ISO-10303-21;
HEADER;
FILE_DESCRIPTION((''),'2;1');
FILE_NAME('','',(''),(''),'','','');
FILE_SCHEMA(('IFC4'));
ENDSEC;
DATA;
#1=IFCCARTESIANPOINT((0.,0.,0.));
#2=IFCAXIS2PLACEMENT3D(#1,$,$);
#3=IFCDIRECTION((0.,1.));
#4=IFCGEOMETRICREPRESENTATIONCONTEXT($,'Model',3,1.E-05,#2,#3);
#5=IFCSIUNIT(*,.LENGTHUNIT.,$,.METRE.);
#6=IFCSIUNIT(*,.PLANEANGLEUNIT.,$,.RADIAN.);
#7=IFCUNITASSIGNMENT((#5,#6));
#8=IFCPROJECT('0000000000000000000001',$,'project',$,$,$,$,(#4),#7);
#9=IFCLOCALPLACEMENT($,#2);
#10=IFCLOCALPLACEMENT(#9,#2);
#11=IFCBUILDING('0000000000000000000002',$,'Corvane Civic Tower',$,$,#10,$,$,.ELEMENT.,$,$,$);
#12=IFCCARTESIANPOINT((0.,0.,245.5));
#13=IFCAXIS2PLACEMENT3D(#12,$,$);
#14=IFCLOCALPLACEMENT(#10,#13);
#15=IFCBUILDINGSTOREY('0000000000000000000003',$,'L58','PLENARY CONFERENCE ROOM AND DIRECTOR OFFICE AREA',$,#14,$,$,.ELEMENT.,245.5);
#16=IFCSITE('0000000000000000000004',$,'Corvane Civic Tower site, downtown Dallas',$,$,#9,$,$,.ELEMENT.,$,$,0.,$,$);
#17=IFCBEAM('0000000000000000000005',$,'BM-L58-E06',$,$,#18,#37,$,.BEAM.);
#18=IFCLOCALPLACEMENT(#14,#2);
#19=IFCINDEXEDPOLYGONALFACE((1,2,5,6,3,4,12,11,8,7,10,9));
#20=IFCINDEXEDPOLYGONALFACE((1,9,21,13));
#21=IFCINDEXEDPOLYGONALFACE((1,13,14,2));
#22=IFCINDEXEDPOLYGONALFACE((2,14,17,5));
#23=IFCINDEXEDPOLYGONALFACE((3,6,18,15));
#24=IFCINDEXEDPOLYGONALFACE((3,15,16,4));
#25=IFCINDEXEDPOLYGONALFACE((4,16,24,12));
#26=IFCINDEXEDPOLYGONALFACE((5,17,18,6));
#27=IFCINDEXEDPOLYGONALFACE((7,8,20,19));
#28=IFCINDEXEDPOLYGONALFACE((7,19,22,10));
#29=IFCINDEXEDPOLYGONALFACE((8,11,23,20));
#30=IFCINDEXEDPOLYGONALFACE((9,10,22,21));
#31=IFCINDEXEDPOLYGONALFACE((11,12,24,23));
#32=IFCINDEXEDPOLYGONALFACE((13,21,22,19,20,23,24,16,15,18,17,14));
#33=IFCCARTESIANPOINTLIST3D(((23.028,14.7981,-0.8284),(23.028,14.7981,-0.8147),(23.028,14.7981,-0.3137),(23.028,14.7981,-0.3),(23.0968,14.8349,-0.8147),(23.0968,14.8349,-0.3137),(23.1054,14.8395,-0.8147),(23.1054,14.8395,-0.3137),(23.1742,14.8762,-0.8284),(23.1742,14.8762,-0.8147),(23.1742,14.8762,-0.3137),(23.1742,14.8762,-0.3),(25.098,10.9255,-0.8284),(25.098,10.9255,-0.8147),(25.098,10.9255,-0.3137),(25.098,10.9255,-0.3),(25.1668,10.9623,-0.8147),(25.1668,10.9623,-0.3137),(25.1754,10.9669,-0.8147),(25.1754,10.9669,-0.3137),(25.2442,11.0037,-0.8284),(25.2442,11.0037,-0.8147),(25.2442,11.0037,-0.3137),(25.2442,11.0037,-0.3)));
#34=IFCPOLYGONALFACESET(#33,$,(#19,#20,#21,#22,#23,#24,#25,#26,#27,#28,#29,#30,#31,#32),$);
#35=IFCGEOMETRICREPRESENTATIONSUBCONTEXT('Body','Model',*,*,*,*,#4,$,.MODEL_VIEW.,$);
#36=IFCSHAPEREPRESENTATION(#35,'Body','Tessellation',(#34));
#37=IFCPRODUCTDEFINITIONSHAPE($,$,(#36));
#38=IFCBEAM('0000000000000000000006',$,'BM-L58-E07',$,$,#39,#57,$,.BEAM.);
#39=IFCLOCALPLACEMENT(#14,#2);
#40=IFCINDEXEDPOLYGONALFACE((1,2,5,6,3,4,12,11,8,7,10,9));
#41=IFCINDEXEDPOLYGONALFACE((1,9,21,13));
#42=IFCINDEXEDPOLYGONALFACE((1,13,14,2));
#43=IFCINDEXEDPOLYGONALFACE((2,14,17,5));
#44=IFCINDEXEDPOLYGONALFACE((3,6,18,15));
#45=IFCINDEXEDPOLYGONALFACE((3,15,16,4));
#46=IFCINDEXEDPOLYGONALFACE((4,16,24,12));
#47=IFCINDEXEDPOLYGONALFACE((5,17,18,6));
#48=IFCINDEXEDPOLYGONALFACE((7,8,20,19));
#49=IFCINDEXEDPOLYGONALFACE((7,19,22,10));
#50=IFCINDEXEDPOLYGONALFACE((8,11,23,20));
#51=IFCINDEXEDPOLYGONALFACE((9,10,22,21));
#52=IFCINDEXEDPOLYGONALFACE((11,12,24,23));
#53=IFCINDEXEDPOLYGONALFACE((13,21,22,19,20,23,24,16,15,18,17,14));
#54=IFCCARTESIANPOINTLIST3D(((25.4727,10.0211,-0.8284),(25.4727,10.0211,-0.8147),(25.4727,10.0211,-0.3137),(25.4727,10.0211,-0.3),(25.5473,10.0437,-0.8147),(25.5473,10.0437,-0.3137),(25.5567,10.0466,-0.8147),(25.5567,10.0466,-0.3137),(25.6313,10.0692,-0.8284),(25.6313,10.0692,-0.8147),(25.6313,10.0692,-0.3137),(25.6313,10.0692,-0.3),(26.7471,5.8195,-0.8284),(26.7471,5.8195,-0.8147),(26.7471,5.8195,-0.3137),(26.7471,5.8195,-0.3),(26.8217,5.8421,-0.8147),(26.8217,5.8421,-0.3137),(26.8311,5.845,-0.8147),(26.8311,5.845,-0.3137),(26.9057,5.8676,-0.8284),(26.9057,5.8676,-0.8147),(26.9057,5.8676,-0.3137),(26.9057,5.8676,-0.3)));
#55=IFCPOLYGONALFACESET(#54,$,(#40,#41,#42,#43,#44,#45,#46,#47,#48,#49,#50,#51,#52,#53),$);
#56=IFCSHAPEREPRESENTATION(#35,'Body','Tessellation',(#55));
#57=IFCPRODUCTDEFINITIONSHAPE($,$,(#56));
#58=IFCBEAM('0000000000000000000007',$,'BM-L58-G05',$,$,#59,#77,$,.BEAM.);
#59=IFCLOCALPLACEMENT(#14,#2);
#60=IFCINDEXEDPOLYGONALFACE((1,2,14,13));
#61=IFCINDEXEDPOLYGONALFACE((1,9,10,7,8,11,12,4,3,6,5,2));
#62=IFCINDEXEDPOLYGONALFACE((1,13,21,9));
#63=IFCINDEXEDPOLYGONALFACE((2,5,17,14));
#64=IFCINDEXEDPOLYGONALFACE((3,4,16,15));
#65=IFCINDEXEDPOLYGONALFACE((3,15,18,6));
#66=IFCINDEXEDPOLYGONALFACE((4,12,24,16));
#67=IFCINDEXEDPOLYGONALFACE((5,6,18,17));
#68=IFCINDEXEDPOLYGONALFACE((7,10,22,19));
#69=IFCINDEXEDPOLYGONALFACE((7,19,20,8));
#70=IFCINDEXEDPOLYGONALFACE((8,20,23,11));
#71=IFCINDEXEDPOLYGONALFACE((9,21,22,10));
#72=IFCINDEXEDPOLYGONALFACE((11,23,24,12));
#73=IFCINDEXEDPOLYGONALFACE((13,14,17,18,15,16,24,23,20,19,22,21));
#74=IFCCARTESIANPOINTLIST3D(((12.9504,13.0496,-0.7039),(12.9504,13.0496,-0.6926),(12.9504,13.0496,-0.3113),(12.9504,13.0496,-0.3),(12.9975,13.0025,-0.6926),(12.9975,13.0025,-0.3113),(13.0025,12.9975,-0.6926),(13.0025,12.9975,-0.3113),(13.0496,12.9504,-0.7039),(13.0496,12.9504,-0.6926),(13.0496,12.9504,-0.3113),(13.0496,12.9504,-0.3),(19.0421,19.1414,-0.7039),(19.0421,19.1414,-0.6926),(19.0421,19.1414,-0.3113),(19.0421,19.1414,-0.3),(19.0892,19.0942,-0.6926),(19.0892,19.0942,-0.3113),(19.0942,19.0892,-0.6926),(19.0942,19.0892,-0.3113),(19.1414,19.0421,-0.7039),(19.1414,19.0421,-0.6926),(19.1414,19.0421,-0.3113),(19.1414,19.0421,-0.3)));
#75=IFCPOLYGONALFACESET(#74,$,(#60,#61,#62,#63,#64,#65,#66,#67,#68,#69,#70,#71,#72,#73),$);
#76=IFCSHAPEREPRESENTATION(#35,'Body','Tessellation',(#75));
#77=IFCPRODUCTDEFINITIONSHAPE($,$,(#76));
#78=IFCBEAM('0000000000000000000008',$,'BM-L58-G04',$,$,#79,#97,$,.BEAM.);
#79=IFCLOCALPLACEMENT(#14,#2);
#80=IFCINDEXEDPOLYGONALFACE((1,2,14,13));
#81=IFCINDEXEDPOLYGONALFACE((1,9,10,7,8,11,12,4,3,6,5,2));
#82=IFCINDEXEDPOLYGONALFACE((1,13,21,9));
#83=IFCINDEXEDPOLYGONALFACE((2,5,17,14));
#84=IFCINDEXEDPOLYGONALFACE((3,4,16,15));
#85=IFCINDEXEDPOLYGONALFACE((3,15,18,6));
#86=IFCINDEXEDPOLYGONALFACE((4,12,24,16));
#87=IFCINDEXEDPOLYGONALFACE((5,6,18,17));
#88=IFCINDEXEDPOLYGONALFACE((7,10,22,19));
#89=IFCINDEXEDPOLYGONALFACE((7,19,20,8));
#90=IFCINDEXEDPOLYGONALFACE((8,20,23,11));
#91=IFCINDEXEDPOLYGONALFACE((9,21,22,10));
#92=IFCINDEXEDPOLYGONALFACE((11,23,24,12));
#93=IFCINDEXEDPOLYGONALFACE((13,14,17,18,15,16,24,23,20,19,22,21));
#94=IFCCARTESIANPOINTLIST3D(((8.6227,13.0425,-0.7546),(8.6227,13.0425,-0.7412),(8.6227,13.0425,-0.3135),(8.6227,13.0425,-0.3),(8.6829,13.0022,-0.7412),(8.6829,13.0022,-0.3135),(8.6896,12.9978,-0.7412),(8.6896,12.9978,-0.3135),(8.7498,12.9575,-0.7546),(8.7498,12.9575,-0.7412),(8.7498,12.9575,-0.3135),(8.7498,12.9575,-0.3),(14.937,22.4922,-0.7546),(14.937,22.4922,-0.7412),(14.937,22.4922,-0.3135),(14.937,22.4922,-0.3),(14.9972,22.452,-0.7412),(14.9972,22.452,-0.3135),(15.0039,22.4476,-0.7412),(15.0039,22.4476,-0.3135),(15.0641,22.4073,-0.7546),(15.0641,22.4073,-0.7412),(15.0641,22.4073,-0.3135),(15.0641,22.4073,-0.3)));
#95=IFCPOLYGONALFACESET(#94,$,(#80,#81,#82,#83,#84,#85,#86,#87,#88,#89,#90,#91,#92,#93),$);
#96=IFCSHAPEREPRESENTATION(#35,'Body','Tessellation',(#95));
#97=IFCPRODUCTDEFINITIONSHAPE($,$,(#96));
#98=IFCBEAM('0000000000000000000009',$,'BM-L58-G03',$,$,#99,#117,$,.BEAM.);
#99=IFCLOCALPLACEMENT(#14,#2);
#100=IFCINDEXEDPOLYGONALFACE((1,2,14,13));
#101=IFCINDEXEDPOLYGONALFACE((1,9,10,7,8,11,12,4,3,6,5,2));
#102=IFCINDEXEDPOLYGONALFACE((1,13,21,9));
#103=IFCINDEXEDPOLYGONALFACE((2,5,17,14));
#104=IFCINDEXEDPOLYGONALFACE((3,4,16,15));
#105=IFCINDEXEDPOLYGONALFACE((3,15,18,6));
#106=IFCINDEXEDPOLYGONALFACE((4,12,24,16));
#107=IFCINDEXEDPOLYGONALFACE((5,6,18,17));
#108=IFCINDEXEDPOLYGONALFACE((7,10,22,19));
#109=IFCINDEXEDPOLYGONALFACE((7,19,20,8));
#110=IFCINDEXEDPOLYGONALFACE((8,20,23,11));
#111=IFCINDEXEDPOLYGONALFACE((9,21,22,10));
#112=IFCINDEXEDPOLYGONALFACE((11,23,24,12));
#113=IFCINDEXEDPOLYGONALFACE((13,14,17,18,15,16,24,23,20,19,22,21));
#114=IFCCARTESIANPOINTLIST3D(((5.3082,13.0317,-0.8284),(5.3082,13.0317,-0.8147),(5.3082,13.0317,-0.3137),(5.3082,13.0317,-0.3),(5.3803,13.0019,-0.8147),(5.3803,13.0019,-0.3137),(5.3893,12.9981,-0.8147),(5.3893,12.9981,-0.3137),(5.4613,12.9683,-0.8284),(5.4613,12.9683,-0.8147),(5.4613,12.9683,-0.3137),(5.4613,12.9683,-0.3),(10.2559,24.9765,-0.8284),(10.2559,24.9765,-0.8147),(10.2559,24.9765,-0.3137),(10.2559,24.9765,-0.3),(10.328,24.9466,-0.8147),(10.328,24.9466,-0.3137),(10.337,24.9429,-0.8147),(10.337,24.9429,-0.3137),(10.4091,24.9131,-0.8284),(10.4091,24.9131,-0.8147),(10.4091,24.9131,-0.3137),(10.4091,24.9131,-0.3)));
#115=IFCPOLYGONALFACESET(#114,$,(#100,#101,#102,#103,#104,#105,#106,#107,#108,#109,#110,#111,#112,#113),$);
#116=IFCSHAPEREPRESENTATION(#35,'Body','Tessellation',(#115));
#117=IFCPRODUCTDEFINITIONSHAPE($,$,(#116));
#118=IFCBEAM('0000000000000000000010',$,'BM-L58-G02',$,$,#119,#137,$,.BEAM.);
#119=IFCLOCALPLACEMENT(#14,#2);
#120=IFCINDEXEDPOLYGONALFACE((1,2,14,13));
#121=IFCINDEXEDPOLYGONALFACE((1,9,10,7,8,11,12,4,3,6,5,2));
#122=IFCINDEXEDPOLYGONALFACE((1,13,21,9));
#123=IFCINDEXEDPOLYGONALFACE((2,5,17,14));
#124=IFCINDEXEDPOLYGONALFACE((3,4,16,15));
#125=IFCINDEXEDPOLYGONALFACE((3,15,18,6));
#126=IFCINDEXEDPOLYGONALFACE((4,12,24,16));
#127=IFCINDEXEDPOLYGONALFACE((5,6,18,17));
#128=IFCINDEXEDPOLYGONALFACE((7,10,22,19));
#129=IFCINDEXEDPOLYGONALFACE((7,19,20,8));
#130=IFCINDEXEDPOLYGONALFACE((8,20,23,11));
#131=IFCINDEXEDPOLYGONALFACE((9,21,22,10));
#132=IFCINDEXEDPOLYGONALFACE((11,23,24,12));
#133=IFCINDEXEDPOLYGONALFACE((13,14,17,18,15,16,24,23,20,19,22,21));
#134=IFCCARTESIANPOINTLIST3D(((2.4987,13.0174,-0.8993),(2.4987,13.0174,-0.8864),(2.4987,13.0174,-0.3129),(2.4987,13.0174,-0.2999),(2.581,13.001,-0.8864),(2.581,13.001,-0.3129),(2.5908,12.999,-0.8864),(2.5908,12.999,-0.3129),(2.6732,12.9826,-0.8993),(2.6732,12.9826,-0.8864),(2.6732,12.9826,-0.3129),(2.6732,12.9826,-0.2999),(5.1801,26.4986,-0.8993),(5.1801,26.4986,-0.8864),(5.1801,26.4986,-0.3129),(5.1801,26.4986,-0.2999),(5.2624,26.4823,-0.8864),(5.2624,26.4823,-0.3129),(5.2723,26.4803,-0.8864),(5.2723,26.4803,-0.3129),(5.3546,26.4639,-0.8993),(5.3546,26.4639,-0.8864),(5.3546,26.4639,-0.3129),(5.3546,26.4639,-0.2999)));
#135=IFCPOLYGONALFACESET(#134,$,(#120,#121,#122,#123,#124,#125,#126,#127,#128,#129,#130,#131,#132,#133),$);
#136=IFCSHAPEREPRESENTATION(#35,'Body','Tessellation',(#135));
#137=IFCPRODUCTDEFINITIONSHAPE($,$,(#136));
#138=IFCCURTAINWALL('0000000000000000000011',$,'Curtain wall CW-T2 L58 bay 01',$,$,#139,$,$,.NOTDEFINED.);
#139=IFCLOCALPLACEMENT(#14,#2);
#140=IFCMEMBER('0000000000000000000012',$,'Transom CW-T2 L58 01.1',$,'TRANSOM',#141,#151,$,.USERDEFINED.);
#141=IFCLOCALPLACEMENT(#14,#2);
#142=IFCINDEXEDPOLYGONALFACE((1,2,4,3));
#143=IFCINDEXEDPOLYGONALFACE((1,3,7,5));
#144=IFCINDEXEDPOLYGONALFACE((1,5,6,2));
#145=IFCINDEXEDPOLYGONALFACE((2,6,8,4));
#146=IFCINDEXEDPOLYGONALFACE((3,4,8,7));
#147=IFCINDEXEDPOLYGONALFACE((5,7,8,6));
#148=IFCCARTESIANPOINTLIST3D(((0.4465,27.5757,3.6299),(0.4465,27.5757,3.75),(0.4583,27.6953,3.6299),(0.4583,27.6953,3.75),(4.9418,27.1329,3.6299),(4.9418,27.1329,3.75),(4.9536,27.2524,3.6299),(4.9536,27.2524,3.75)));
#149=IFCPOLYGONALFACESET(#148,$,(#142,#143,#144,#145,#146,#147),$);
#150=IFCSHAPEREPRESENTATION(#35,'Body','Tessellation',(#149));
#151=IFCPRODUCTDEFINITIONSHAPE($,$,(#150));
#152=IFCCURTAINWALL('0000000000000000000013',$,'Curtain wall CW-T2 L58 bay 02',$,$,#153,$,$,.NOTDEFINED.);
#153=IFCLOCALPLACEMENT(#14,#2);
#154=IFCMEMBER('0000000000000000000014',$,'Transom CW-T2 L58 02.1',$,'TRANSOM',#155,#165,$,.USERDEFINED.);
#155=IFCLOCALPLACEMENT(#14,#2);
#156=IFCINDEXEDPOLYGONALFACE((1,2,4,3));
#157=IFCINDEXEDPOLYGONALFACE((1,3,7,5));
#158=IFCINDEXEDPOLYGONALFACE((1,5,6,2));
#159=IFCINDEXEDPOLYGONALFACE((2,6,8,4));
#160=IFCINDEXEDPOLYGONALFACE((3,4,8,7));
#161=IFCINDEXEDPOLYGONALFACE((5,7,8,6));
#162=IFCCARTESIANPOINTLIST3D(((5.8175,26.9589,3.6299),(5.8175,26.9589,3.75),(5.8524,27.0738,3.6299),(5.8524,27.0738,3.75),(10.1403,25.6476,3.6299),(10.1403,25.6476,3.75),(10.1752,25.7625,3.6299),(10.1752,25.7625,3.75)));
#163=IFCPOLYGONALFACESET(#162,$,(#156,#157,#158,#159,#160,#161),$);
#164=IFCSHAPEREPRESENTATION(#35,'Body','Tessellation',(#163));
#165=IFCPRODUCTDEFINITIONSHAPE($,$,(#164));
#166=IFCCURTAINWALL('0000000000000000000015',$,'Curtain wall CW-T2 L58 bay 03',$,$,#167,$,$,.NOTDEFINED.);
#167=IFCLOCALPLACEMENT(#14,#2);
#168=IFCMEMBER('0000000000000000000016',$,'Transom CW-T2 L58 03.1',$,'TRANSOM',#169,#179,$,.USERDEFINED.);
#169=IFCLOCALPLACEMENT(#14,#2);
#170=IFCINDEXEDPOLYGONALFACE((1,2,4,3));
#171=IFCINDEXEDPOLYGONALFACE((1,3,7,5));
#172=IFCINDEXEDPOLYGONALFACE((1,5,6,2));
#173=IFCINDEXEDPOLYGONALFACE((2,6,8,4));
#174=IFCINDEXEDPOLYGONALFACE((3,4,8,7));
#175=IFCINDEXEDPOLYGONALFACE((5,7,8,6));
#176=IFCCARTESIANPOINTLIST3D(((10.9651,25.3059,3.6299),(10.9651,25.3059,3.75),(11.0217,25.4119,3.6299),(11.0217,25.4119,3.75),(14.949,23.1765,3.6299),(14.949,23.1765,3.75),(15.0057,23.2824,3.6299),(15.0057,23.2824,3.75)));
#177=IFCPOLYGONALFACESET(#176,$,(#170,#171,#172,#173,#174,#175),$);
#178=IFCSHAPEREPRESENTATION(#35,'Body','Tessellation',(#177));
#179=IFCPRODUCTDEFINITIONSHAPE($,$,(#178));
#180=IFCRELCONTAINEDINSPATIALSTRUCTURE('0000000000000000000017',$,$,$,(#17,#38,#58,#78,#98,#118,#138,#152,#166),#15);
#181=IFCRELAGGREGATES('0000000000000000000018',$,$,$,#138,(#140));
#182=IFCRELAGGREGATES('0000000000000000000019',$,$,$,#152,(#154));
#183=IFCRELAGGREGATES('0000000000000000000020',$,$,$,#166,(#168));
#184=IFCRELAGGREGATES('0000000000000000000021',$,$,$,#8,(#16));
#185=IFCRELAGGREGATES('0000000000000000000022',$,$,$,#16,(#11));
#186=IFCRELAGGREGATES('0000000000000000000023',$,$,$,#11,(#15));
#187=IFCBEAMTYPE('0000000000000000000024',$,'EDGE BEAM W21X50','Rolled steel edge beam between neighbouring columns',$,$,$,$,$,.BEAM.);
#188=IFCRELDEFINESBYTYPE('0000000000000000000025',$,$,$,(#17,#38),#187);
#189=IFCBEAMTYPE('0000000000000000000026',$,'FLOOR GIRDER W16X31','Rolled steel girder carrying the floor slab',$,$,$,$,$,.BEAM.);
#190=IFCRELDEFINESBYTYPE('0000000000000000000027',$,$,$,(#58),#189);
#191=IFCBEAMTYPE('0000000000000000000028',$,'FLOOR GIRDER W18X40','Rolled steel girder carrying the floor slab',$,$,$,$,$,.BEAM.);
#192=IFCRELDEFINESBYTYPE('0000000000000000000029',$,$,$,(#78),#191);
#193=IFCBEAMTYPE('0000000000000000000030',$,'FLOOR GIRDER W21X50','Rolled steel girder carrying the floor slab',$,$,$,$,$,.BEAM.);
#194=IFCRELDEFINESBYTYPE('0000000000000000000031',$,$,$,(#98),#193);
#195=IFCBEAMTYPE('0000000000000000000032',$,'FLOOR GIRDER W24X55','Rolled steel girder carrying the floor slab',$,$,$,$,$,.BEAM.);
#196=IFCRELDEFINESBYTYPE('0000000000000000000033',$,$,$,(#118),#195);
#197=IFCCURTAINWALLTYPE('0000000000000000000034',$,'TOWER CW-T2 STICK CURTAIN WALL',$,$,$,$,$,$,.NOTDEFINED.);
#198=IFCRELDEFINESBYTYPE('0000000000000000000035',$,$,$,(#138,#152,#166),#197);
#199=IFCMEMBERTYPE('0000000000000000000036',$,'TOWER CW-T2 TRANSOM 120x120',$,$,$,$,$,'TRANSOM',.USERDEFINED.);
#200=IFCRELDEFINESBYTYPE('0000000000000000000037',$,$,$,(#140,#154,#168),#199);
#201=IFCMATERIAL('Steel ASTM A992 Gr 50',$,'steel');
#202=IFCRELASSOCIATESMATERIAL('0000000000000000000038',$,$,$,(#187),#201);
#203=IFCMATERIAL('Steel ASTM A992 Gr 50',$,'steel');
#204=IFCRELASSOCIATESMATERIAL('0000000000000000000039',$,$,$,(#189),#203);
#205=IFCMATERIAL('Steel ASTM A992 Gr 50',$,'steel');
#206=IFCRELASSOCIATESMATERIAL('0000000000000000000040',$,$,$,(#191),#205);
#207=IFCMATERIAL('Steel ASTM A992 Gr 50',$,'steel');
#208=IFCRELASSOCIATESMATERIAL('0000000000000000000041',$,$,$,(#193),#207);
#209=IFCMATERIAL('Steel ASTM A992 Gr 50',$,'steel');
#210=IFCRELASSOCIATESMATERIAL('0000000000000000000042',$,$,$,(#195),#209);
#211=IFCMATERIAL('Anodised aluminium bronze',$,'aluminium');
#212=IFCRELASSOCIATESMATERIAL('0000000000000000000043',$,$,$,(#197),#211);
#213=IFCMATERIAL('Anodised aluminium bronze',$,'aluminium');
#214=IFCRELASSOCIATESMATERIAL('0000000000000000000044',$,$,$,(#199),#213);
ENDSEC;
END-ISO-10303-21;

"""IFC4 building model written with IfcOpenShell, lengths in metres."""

from ifc_helpers import new_model, si_unit, direction, frame, origin, origin_2d, place, context, subcontext, project, spatial, rectangle, i_section, extrude, material, material_profile, profile_set, type_object, element, aggregate, save


model = new_model("IFC4")

# Units and contexts
model_context = context("Model", 3, precision=1e-05, world=origin(), true_north=direction((0.0, 1.0)))
body_context = subcontext(model_context, "Body", "Model", "MODEL_VIEW")
ifc_project = project(units=[si_unit("LENGTHUNIT", "METRE"), si_unit("PLANEANGLEUNIT", "RADIAN")], contexts=[model_context])

# Site, building, storey
site_placement = place(None, origin())
site = spatial("IfcSite", under=ifc_project, at=site_placement, Name="Corvane Civic Tower site, downtown Dallas", CompositionType="ELEMENT", RefElevation=0.0)
building_placement = place(site_placement, origin())
building = spatial("IfcBuilding", under=site, at=building_placement, Name="Corvane Civic Tower", CompositionType="ELEMENT")
storey_placement = place(building_placement, frame((0.0, 0.0, 245.5)))
storey = spatial("IfcBuildingStorey", under=building, at=storey_placement, Name="L58", Description="PLENARY CONFERENCE ROOM AND DIRECTOR OFFICE AREA", CompositionType="ELEMENT", Elevation=245.5)

# Beams
ifc_material_1 = material(Name="Steel ASTM A992 Gr 50", Category="steel")
ifc_material_profile_1 = material_profile(ifc_material_1, i_section(OverallWidth=0.1658, OverallDepth=0.5283, WebThickness=0.0098, FlangeThickness=0.0137, at=origin_2d()), Name="W21X50")
ifc_profile_set_1 = profile_set([ifc_material_profile_1], Name="Steel ASTM A992 Gr 50")
beam_type_1 = type_object("IfcBeamType", Name="EDGE BEAM W21X50", Description="Rolled steel edge beam between neighbouring columns", PredefinedType="BEAM", material=ifc_profile_set_1)
for number, where, z_axis, x_axis, name in (
    (1, (23.1011, 14.8372, -0.5642), (0.471422, -0.881908, 0.0), (0.881908, 0.471422, 0.0), "BM-L58-E06"),
):
    element("IfcBeam", number, at=place(storey_placement, frame(where, z_axis=z_axis, x_axis=x_axis)), inside=storey, type_object=beam_type_1, Name=name, PredefinedType="BEAM", context=body_context, shape_type="SweptSolid", body=[
        extrude(i_section(OverallWidth=0.1658, OverallDepth=0.5283, WebThickness=0.0098, FlangeThickness=0.0137, at=origin_2d()), origin(), (0.0, 0.0, 1.0), 4.3911),
    ])
beam_1_placement = place(storey_placement, frame((25.552, 10.0452, -0.5642), z_axis=(0.290254, -0.95695, 0.0), x_axis=(0.95695, 0.290254, 0.0)))
element("IfcBeam", 2, at=beam_1_placement, inside=storey, type_object=beam_type_1, Name="BM-L58-E07", PredefinedType="BEAM", context=body_context, shape_type="SweptSolid", body=[
    extrude(i_section(OverallWidth=0.1658, OverallDepth=0.5283, WebThickness=0.0098, FlangeThickness=0.0137, at=origin_2d()), origin(), (0.0, 0.0, 1.0), 4.3906),
])
ifc_material_2 = material(Name="Steel ASTM A992 Gr 50", Category="steel")
ifc_material_profile_2 = material_profile(ifc_material_2, i_section(OverallWidth=0.1404, OverallDepth=0.4038, WebThickness=0.0071, FlangeThickness=0.0112, at=origin_2d()), Name="W16X31")
ifc_profile_set_2 = profile_set([ifc_material_profile_2], Name="Steel ASTM A992 Gr 50")
beam_type_2 = type_object("IfcBeamType", Name="FLOOR GIRDER W16X31", Description="Rolled steel girder carrying the floor slab", PredefinedType="BEAM", material=ifc_profile_set_2)
beam_2_placement = place(storey_placement, frame((13.0, 13.0, -0.502), z_axis=(0.707107, 0.707107, 0.0), x_axis=(-0.707107, 0.707107, 0.0)))
element("IfcBeam", 3, at=beam_2_placement, inside=storey, type_object=beam_type_2, Name="BM-L58-G05", PredefinedType="BEAM", context=body_context, shape_type="SweptSolid", body=[
    extrude(i_section(OverallWidth=0.1404, OverallDepth=0.4038, WebThickness=0.0071, FlangeThickness=0.0112, at=origin_2d()), origin(), (0.0, 0.0, 1.0), 8.615),
])
ifc_material_3 = material(Name="Steel ASTM A992 Gr 50", Category="steel")
ifc_material_profile_3 = material_profile(ifc_material_3, i_section(OverallWidth=0.1528, OverallDepth=0.4546, WebThickness=0.0081, FlangeThickness=0.0134, at=origin_2d()), Name="W18X40")
ifc_profile_set_3 = profile_set([ifc_material_profile_3], Name="Steel ASTM A992 Gr 50")
beam_type_3 = type_object("IfcBeamType", Name="FLOOR GIRDER W18X40", Description="Rolled steel girder carrying the floor slab", PredefinedType="BEAM", material=ifc_profile_set_3)
beam_3_placement = place(storey_placement, frame((8.6863, 13.0, -0.5273), z_axis=(0.555577, 0.831465, 0.0), x_axis=(-0.831465, 0.555577, 0.0)))
element("IfcBeam", 4, at=beam_3_placement, inside=storey, type_object=beam_type_3, Name="BM-L58-G04", PredefinedType="BEAM", context=body_context, shape_type="SweptSolid", body=[
    extrude(i_section(OverallWidth=0.1528, OverallDepth=0.4546, WebThickness=0.0081, FlangeThickness=0.0134, at=origin_2d()), origin(), (0.0, 0.0, 1.0), 11.3652),
])
ifc_material_4 = material(Name="Steel ASTM A992 Gr 50", Category="steel")
ifc_material_profile_4 = material_profile(ifc_material_4, i_section(OverallWidth=0.1658, OverallDepth=0.5283, WebThickness=0.0098, FlangeThickness=0.0137, at=origin_2d()), Name="W21X50")
ifc_profile_set_4 = profile_set([ifc_material_profile_4], Name="Steel ASTM A992 Gr 50")
beam_type_4 = type_object("IfcBeamType", Name="FLOOR GIRDER W21X50", Description="Rolled steel girder carrying the floor slab", PredefinedType="BEAM", material=ifc_profile_set_4)
beam_4_placement = place(storey_placement, frame((5.3848, 13.0, -0.5642), z_axis=(0.382686, 0.923878, 0.0), x_axis=(-0.923878, 0.382686, 0.0)))
element("IfcBeam", 5, at=beam_4_placement, inside=storey, type_object=beam_type_4, Name="BM-L58-G03", PredefinedType="BEAM", context=body_context, shape_type="SweptSolid", body=[
    extrude(i_section(OverallWidth=0.1658, OverallDepth=0.5283, WebThickness=0.0098, FlangeThickness=0.0137, at=origin_2d()), origin(), (0.0, 0.0, 1.0), 12.929),
])
ifc_material_5 = material(Name="Steel ASTM A992 Gr 50", Category="steel")
ifc_material_profile_5 = material_profile(ifc_material_5, i_section(OverallWidth=0.178, OverallDepth=0.5994, WebThickness=0.01, FlangeThickness=0.0129, at=origin_2d()), Name="W24X55")
ifc_profile_set_5 = profile_set([ifc_material_profile_5], Name="Steel ASTM A992 Gr 50")
beam_type_5 = type_object("IfcBeamType", Name="FLOOR GIRDER W24X55", Description="Rolled steel girder carrying the floor slab", PredefinedType="BEAM", material=ifc_profile_set_5)
beam_5_placement = place(storey_placement, frame((2.5859, 13.0, -0.5996), z_axis=(0.195078, 0.980788, 0.0), x_axis=(-0.980788, 0.195078, 0.0)))
element("IfcBeam", 6, at=beam_5_placement, inside=storey, type_object=beam_type_5, Name="BM-L58-G02", PredefinedType="BEAM", context=body_context, shape_type="SweptSolid", body=[
    extrude(i_section(OverallWidth=0.178, OverallDepth=0.5994, WebThickness=0.01, FlangeThickness=0.0129, at=origin_2d()), origin(), (0.0, 0.0, 1.0), 13.7454),
])

# Curtain walls, members
ifc_material_6 = material(Name="Anodised aluminium bronze", Category="aluminium")
curtain_wall_type = type_object("IfcCurtainWallType", Name="TOWER CW-T2 STICK CURTAIN WALL", PredefinedType="NOTDEFINED", material=ifc_material_6)
curtain_wall_1_placement = place(storey_placement, origin())
curtain_wall_1 = element("IfcCurtainWall", 7, at=curtain_wall_1_placement, inside=storey, type_object=curtain_wall_type, Name="Curtain wall CW-T2 L58 bay 01", PredefinedType="NOTDEFINED")
ifc_material_7 = material(Name="Anodised aluminium bronze", Category="aluminium")
ifc_material_profile_6 = material_profile(ifc_material_7, rectangle(XDim=0.1201, YDim=0.1201, at=origin_2d()), Name="TOWER CW-T2 TRANSOM 120x120")
ifc_profile_set_6 = profile_set([ifc_material_profile_6], Name="Anodised aluminium bronze")
member_type = type_object("IfcMemberType", Name="TOWER CW-T2 TRANSOM 120x120", ElementType="TRANSOM", PredefinedType="USERDEFINED", material=ifc_profile_set_6)
member_1_placement = place(storey_placement, frame((0.4524, 27.6355, 3.6899), z_axis=(0.995182, -0.098043, 0.0), x_axis=(0.098043, 0.995182, 0.0)))
member_1 = element("IfcMember", 8, at=member_1_placement, type_object=member_type, Name="Transom CW-T2 L58 01.1", ObjectType="TRANSOM", PredefinedType="USERDEFINED", context=body_context, shape_type="SweptSolid", body=[
    extrude(rectangle(XDim=0.1201, YDim=0.1201, at=origin_2d()), origin(), (0.0, 0.0, 1.0), 4.5171),
])
curtain_wall_2_placement = place(storey_placement, origin())
curtain_wall_2 = element("IfcCurtainWall", 9, at=curtain_wall_2_placement, inside=storey, type_object=curtain_wall_type, Name="Curtain wall CW-T2 L58 bay 02", PredefinedType="NOTDEFINED")
member_2_placement = place(storey_placement, frame((5.835, 27.0164, 3.6899), z_axis=(0.956941, -0.290282, 0.0), x_axis=(0.290282, 0.956941, 0.0)))
member_2 = element("IfcMember", 10, at=member_2_placement, type_object=member_type, Name="Transom CW-T2 L58 02.1", ObjectType="TRANSOM", PredefinedType="USERDEFINED", context=body_context, shape_type="SweptSolid", body=[
    extrude(rectangle(XDim=0.1201, YDim=0.1201, at=origin_2d()), origin(), (0.0, 0.0, 1.0), 4.5173),
])
curtain_wall_3_placement = place(storey_placement, origin())
curtain_wall_3 = element("IfcCurtainWall", 11, at=curtain_wall_3_placement, inside=storey, type_object=curtain_wall_type, Name="Curtain wall CW-T2 L58 bay 03", PredefinedType="NOTDEFINED")
member_3_placement = place(storey_placement, frame((10.9934, 25.3589, 3.6899), z_axis=(0.881925, -0.47139, 0.0), x_axis=(0.47139, 0.881925, 0.0)))
member_3 = element("IfcMember", 12, at=member_3_placement, type_object=member_type, Name="Transom CW-T2 L58 03.1", ObjectType="TRANSOM", PredefinedType="USERDEFINED", context=body_context, shape_type="SweptSolid", body=[
    extrude(rectangle(XDim=0.1201, YDim=0.1201, at=origin_2d()), origin(), (0.0, 0.0, 1.0), 4.5173),
])

aggregate(curtain_wall_1, [member_1])
aggregate(curtain_wall_2, [member_2])
aggregate(curtain_wall_3, [member_3])

save(model, "model.ifc")
